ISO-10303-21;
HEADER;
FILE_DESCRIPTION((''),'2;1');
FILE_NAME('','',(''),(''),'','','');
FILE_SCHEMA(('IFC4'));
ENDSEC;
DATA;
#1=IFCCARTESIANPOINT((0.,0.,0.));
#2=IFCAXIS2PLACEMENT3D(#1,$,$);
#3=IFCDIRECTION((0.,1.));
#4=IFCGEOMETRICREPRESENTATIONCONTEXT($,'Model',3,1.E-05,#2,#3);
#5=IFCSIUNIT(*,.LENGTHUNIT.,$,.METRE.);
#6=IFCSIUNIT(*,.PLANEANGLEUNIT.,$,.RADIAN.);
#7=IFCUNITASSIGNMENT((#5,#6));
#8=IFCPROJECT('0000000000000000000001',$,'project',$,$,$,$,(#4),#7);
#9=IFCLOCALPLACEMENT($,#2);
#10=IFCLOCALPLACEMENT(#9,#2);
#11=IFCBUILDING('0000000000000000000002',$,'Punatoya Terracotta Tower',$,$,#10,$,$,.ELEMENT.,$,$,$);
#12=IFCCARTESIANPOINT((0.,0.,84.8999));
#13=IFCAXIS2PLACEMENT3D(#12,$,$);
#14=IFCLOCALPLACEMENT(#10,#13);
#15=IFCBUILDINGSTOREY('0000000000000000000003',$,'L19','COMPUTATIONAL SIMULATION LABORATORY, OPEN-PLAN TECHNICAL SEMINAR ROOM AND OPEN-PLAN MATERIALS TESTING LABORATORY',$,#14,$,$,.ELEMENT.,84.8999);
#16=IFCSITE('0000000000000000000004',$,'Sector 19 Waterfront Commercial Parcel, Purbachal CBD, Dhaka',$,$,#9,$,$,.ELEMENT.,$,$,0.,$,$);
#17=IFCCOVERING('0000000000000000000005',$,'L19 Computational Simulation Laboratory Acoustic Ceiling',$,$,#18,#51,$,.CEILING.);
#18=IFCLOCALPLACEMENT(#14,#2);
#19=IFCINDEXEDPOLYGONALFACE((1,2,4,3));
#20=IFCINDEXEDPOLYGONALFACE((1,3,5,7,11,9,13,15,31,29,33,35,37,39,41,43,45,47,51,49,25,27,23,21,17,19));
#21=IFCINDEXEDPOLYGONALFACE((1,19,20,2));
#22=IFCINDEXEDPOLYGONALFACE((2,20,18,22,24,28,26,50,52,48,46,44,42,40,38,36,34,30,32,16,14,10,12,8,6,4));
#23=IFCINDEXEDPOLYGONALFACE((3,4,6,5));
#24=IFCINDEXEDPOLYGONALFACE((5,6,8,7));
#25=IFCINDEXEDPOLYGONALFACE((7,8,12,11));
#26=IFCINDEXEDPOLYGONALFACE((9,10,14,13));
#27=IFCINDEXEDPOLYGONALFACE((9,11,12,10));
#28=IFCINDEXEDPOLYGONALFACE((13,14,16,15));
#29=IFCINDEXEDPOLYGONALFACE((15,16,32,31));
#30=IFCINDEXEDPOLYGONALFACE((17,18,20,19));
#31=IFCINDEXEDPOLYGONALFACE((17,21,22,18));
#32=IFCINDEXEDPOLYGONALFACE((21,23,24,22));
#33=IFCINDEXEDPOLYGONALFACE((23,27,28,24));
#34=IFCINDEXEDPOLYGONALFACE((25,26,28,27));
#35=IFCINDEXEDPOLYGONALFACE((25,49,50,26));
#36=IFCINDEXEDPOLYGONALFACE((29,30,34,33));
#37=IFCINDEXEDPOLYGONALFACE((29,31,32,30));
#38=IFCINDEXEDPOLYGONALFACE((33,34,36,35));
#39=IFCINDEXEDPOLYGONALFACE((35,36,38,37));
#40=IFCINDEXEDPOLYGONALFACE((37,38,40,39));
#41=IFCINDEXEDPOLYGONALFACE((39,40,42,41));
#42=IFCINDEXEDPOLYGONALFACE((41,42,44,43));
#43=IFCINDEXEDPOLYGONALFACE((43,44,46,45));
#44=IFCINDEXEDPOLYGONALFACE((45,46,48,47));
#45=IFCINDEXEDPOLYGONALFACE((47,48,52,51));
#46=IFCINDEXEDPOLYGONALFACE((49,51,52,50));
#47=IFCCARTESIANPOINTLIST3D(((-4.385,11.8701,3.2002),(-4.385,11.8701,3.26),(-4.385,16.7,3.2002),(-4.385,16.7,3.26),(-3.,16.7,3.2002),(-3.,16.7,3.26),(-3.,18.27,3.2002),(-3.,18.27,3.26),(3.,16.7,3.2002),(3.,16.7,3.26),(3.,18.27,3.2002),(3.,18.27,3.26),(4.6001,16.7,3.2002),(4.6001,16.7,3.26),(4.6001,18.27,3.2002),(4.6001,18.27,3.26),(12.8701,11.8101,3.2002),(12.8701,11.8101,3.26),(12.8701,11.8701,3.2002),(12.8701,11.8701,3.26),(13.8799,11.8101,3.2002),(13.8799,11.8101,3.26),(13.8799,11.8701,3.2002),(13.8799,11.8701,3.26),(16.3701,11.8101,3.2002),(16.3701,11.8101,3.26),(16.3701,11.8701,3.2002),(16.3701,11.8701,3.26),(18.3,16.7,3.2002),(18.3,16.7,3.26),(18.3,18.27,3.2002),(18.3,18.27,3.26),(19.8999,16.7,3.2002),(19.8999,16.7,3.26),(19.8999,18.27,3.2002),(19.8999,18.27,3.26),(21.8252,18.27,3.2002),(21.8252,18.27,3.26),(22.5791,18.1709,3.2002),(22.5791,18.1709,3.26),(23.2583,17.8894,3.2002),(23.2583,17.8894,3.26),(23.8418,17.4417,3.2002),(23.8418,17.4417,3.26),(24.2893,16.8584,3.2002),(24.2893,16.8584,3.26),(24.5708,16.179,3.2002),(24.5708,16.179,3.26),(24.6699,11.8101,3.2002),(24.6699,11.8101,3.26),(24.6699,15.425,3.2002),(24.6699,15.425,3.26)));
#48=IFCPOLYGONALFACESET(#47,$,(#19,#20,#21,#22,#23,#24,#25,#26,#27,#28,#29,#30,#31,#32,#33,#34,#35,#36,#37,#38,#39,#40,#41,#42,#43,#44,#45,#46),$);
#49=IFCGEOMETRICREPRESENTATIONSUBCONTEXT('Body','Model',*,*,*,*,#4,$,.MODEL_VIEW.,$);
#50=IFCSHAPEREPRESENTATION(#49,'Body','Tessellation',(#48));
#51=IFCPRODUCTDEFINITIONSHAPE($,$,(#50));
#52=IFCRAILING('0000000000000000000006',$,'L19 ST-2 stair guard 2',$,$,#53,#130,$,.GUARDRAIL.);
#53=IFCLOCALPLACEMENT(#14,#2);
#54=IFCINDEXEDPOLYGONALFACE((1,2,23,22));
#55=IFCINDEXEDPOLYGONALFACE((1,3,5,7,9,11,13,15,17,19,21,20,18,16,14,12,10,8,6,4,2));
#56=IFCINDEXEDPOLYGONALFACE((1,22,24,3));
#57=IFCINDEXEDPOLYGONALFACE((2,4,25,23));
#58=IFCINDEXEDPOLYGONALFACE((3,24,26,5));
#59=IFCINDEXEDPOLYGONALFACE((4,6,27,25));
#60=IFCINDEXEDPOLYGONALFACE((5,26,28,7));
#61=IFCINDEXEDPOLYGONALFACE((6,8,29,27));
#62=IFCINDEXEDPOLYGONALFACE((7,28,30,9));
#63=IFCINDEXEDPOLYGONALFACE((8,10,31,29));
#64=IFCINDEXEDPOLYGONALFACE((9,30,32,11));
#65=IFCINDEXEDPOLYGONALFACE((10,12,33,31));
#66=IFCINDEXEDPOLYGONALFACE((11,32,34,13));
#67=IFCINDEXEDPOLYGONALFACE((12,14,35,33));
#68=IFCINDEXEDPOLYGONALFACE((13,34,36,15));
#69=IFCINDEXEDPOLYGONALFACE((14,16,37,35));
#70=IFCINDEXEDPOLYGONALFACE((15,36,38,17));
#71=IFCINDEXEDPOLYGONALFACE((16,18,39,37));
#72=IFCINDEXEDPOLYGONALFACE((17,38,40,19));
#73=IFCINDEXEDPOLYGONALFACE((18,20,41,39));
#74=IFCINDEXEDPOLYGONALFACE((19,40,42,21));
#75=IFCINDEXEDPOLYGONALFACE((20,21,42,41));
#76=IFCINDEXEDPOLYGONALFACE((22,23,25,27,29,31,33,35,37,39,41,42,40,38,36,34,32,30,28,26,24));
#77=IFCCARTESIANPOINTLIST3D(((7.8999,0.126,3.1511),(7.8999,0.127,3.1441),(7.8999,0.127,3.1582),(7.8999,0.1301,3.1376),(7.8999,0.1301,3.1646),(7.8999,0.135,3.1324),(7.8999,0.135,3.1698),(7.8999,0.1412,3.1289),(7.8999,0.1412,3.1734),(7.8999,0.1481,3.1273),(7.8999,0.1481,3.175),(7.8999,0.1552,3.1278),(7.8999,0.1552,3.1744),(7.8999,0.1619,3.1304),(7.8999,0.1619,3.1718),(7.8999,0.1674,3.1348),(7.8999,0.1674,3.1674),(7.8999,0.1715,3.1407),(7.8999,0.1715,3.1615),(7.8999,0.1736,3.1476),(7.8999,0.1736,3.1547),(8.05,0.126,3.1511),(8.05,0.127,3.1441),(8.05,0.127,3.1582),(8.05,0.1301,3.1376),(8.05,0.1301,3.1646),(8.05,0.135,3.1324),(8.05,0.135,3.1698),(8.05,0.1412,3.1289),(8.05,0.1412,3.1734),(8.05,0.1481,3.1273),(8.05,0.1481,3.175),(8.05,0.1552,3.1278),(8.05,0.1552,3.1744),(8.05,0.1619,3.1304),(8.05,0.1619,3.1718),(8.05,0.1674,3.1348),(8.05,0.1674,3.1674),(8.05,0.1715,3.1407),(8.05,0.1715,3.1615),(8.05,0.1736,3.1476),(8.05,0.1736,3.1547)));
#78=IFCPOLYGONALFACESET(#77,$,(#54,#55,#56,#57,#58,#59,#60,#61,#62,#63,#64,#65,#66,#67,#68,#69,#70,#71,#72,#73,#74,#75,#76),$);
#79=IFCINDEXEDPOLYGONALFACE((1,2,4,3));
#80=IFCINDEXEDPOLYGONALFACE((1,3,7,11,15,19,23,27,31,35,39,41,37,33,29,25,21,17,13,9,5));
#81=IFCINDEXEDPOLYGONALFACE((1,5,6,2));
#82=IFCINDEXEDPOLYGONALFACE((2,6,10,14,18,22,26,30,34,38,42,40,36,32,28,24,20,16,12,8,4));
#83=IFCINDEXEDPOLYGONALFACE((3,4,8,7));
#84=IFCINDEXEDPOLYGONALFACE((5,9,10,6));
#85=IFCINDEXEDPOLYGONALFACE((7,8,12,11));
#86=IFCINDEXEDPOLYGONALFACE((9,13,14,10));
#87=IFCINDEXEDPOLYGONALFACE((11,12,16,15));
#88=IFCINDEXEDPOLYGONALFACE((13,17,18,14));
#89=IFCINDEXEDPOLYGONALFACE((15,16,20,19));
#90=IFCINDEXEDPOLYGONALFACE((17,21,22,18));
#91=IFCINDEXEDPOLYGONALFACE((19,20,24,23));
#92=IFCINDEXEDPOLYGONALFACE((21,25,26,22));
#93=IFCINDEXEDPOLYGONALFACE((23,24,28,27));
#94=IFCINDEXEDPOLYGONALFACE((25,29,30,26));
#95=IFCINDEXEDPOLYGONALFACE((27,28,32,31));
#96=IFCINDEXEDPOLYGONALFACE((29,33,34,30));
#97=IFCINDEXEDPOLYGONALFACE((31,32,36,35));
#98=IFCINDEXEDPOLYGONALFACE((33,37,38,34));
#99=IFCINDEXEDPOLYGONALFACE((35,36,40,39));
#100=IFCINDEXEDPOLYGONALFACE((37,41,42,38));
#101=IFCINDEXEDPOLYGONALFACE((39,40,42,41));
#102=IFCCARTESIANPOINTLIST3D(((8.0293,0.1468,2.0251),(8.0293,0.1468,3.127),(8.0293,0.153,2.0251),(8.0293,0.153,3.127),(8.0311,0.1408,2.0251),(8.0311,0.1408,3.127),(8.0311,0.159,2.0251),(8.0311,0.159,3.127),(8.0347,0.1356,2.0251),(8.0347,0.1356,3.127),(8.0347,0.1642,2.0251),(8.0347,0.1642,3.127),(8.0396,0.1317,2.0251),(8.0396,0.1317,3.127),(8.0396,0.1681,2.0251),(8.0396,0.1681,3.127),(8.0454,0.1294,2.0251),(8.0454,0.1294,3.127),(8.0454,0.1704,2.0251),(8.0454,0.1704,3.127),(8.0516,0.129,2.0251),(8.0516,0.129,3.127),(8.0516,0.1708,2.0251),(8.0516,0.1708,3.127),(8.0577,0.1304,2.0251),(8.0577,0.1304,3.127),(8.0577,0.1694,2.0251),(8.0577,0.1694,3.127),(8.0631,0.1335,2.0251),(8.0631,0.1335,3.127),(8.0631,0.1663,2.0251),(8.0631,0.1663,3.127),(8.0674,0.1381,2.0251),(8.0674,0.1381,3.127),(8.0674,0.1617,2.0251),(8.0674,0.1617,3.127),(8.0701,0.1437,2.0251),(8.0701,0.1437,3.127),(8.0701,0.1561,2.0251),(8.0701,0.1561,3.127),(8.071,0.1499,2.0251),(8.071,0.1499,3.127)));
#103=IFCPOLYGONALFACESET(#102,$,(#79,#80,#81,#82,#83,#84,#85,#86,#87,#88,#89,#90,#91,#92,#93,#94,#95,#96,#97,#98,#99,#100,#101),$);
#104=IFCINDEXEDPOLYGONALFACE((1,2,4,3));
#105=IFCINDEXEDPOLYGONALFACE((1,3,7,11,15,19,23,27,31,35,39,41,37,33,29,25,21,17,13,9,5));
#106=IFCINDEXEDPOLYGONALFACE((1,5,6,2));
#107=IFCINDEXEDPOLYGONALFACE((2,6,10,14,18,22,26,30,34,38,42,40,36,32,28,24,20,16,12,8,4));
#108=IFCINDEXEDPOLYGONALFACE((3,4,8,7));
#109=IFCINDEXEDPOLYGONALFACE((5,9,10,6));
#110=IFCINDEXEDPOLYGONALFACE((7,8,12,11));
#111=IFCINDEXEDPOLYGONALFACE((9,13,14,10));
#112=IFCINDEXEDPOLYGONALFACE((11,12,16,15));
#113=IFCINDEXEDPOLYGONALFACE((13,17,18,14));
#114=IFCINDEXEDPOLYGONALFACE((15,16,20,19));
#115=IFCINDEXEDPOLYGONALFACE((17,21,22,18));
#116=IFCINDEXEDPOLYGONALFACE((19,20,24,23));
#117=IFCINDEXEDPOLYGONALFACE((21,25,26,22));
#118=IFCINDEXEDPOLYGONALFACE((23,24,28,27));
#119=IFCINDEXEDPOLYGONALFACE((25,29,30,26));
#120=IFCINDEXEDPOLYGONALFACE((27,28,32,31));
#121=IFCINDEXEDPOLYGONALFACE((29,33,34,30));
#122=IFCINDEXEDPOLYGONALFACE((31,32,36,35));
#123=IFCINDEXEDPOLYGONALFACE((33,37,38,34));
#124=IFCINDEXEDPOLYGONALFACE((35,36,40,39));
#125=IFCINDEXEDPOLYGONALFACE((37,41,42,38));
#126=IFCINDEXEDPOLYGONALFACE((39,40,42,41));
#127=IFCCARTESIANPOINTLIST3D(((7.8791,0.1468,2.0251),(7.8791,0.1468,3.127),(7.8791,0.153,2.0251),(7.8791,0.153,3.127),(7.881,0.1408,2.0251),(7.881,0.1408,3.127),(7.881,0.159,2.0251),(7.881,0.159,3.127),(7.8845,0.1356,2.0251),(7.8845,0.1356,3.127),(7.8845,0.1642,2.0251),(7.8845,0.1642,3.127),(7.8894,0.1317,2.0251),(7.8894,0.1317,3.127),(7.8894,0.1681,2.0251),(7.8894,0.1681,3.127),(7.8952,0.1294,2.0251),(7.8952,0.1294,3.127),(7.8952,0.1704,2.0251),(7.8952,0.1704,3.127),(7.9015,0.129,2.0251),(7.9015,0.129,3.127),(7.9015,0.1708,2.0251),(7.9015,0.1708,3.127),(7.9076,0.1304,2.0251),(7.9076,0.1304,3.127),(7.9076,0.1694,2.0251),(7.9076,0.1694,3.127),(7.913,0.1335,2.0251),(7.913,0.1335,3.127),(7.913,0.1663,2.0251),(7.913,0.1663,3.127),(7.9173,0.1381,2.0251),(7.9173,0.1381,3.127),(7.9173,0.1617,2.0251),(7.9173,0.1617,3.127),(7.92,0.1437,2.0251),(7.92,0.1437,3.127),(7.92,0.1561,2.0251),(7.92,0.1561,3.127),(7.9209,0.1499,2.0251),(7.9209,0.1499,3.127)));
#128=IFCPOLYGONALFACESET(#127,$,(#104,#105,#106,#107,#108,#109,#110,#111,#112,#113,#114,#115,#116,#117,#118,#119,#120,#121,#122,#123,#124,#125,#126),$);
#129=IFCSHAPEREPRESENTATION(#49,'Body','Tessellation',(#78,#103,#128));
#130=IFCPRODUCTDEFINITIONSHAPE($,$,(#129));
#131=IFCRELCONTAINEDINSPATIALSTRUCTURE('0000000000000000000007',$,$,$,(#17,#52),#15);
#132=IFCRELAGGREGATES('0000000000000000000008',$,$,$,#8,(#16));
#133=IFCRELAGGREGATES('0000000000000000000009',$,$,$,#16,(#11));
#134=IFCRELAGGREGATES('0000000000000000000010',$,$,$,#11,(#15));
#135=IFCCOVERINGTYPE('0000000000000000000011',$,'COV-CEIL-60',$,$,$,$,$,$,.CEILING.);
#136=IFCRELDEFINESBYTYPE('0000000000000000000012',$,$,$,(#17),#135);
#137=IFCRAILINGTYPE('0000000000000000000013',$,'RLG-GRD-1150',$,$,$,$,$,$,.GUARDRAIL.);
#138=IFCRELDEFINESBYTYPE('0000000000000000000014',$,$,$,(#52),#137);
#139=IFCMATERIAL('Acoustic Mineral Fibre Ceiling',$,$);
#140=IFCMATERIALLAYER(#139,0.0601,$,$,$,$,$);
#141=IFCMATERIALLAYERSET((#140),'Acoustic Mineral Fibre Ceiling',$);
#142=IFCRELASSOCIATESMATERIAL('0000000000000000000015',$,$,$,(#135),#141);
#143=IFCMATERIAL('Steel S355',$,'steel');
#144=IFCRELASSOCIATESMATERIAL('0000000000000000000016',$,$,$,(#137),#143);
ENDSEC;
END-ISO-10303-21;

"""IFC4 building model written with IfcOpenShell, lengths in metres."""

from ifc_helpers import new_model, si_unit, direction, frame, origin, origin_2d, place, context, subcontext, project, spatial, polyline, circle, outline, extrude, material, layer, layer_set, type_object, element, save


model = new_model("IFC4")

# Units and contexts
model_context = context("Model", 3, precision=1e-05, world=origin(), true_north=direction((0.0, 1.0)))
body_context = subcontext(model_context, "Body", "Model", "MODEL_VIEW")
ifc_project = project(units=[si_unit("LENGTHUNIT", "METRE"), si_unit("PLANEANGLEUNIT", "RADIAN")], contexts=[model_context])

# Site, building, storey
site_placement = place(None, origin())
site = spatial("IfcSite", under=ifc_project, at=site_placement, Name="Sector 19 Waterfront Commercial Parcel, Purbachal CBD, Dhaka", CompositionType="ELEMENT", RefElevation=0.0)
building_placement = place(site_placement, origin())
building = spatial("IfcBuilding", under=site, at=building_placement, Name="Punatoya Terracotta Tower", CompositionType="ELEMENT")
storey_placement = place(building_placement, frame((0.0, 0.0, 84.8999)))
storey = spatial("IfcBuildingStorey", under=building, at=storey_placement, Name="L19", Description="COMPUTATIONAL SIMULATION LABORATORY, OPEN-PLAN TECHNICAL SEMINAR ROOM AND OPEN-PLAN MATERIALS TESTING LABORATORY", CompositionType="ELEMENT", Elevation=84.8999)

# Shared definitions
ifc_material_1 = material(Name="Steel S355", Category="steel")

# Covering
ifc_material_2 = material(Name="Acoustic Mineral Fibre Ceiling")
ifc_layer_1 = layer(ifc_material_2, 0.0601)
ifc_layer_set_1 = layer_set([ifc_layer_1], Name="Acoustic Mineral Fibre Ceiling")
covering_type = type_object("IfcCoveringType", Name="COV-CEIL-60", PredefinedType="CEILING", material=ifc_layer_set_1)
covering_1_placement = place(storey_placement, frame((0.0, 0.0, 3.2002)))
element("IfcCovering", 1, at=covering_1_placement, inside=storey, type_object=covering_type, Name="L19 Computational Simulation Laboratory Acoustic Ceiling", PredefinedType="CEILING", context=body_context, shape_type="SweptSolid", body=[
    extrude(outline(polyline([(3.0, 18.27), (-3.0, 18.27), (-3.0, 16.7), (-4.385, 16.7), (-4.385, 11.8701), (12.8701, 11.8701), (12.8701, 11.8101), (13.8799, 11.8101), (13.8799, 11.8701), (16.3701, 11.8701), (16.3701, 11.8101), (24.6699, 11.8101), (24.6699, 15.425), (24.5708, 16.179), (24.2893, 16.8584), (23.8418, 17.4417), (23.2583, 17.8894), (22.5791, 18.1709), (21.8252, 18.27), (19.8999, 18.27), (19.8999, 16.7), (18.3, 16.7), (18.3, 18.27), (4.6001, 18.27), (4.6001, 16.7), (3.0, 16.7), (3.0, 18.27)])), origin(), (0.0, 0.0, 1.0), 0.0598),
])

# Railing
railing_type_1 = type_object("IfcRailingType", Name="RLG-GRD-1150", PredefinedType="GUARDRAIL", material=ifc_material_1)
railing_1_placement = place(storey_placement, frame((8.05, 0.1499, 2.0251)))
element("IfcRailing", 2, at=railing_1_placement, inside=storey, type_object=railing_type_1, Name="L19 ST-2 stair guard 2", PredefinedType="GUARDRAIL", context=body_context, shape_type="SweptSolid", body=[
    extrude(circle(Radius=0.0239, at=origin_2d()), frame((0.0, 0.0, 1.126), z_axis=(-1.0, 0.0, 0.0), x_axis=(0.0, -1.0, 0.0)), (0.0, 0.0, 1.0), 0.1501),
    extrude(circle(Radius=0.021, at=origin_2d()), origin(), (0.0, 0.0, 1.0), 1.1018),
    extrude(circle(Radius=0.021, at=origin_2d()), frame((-0.1501, 0.0, 0.0)), (0.0, 0.0, 1.0), 1.1018),
])

save(model, "model.ifc")
